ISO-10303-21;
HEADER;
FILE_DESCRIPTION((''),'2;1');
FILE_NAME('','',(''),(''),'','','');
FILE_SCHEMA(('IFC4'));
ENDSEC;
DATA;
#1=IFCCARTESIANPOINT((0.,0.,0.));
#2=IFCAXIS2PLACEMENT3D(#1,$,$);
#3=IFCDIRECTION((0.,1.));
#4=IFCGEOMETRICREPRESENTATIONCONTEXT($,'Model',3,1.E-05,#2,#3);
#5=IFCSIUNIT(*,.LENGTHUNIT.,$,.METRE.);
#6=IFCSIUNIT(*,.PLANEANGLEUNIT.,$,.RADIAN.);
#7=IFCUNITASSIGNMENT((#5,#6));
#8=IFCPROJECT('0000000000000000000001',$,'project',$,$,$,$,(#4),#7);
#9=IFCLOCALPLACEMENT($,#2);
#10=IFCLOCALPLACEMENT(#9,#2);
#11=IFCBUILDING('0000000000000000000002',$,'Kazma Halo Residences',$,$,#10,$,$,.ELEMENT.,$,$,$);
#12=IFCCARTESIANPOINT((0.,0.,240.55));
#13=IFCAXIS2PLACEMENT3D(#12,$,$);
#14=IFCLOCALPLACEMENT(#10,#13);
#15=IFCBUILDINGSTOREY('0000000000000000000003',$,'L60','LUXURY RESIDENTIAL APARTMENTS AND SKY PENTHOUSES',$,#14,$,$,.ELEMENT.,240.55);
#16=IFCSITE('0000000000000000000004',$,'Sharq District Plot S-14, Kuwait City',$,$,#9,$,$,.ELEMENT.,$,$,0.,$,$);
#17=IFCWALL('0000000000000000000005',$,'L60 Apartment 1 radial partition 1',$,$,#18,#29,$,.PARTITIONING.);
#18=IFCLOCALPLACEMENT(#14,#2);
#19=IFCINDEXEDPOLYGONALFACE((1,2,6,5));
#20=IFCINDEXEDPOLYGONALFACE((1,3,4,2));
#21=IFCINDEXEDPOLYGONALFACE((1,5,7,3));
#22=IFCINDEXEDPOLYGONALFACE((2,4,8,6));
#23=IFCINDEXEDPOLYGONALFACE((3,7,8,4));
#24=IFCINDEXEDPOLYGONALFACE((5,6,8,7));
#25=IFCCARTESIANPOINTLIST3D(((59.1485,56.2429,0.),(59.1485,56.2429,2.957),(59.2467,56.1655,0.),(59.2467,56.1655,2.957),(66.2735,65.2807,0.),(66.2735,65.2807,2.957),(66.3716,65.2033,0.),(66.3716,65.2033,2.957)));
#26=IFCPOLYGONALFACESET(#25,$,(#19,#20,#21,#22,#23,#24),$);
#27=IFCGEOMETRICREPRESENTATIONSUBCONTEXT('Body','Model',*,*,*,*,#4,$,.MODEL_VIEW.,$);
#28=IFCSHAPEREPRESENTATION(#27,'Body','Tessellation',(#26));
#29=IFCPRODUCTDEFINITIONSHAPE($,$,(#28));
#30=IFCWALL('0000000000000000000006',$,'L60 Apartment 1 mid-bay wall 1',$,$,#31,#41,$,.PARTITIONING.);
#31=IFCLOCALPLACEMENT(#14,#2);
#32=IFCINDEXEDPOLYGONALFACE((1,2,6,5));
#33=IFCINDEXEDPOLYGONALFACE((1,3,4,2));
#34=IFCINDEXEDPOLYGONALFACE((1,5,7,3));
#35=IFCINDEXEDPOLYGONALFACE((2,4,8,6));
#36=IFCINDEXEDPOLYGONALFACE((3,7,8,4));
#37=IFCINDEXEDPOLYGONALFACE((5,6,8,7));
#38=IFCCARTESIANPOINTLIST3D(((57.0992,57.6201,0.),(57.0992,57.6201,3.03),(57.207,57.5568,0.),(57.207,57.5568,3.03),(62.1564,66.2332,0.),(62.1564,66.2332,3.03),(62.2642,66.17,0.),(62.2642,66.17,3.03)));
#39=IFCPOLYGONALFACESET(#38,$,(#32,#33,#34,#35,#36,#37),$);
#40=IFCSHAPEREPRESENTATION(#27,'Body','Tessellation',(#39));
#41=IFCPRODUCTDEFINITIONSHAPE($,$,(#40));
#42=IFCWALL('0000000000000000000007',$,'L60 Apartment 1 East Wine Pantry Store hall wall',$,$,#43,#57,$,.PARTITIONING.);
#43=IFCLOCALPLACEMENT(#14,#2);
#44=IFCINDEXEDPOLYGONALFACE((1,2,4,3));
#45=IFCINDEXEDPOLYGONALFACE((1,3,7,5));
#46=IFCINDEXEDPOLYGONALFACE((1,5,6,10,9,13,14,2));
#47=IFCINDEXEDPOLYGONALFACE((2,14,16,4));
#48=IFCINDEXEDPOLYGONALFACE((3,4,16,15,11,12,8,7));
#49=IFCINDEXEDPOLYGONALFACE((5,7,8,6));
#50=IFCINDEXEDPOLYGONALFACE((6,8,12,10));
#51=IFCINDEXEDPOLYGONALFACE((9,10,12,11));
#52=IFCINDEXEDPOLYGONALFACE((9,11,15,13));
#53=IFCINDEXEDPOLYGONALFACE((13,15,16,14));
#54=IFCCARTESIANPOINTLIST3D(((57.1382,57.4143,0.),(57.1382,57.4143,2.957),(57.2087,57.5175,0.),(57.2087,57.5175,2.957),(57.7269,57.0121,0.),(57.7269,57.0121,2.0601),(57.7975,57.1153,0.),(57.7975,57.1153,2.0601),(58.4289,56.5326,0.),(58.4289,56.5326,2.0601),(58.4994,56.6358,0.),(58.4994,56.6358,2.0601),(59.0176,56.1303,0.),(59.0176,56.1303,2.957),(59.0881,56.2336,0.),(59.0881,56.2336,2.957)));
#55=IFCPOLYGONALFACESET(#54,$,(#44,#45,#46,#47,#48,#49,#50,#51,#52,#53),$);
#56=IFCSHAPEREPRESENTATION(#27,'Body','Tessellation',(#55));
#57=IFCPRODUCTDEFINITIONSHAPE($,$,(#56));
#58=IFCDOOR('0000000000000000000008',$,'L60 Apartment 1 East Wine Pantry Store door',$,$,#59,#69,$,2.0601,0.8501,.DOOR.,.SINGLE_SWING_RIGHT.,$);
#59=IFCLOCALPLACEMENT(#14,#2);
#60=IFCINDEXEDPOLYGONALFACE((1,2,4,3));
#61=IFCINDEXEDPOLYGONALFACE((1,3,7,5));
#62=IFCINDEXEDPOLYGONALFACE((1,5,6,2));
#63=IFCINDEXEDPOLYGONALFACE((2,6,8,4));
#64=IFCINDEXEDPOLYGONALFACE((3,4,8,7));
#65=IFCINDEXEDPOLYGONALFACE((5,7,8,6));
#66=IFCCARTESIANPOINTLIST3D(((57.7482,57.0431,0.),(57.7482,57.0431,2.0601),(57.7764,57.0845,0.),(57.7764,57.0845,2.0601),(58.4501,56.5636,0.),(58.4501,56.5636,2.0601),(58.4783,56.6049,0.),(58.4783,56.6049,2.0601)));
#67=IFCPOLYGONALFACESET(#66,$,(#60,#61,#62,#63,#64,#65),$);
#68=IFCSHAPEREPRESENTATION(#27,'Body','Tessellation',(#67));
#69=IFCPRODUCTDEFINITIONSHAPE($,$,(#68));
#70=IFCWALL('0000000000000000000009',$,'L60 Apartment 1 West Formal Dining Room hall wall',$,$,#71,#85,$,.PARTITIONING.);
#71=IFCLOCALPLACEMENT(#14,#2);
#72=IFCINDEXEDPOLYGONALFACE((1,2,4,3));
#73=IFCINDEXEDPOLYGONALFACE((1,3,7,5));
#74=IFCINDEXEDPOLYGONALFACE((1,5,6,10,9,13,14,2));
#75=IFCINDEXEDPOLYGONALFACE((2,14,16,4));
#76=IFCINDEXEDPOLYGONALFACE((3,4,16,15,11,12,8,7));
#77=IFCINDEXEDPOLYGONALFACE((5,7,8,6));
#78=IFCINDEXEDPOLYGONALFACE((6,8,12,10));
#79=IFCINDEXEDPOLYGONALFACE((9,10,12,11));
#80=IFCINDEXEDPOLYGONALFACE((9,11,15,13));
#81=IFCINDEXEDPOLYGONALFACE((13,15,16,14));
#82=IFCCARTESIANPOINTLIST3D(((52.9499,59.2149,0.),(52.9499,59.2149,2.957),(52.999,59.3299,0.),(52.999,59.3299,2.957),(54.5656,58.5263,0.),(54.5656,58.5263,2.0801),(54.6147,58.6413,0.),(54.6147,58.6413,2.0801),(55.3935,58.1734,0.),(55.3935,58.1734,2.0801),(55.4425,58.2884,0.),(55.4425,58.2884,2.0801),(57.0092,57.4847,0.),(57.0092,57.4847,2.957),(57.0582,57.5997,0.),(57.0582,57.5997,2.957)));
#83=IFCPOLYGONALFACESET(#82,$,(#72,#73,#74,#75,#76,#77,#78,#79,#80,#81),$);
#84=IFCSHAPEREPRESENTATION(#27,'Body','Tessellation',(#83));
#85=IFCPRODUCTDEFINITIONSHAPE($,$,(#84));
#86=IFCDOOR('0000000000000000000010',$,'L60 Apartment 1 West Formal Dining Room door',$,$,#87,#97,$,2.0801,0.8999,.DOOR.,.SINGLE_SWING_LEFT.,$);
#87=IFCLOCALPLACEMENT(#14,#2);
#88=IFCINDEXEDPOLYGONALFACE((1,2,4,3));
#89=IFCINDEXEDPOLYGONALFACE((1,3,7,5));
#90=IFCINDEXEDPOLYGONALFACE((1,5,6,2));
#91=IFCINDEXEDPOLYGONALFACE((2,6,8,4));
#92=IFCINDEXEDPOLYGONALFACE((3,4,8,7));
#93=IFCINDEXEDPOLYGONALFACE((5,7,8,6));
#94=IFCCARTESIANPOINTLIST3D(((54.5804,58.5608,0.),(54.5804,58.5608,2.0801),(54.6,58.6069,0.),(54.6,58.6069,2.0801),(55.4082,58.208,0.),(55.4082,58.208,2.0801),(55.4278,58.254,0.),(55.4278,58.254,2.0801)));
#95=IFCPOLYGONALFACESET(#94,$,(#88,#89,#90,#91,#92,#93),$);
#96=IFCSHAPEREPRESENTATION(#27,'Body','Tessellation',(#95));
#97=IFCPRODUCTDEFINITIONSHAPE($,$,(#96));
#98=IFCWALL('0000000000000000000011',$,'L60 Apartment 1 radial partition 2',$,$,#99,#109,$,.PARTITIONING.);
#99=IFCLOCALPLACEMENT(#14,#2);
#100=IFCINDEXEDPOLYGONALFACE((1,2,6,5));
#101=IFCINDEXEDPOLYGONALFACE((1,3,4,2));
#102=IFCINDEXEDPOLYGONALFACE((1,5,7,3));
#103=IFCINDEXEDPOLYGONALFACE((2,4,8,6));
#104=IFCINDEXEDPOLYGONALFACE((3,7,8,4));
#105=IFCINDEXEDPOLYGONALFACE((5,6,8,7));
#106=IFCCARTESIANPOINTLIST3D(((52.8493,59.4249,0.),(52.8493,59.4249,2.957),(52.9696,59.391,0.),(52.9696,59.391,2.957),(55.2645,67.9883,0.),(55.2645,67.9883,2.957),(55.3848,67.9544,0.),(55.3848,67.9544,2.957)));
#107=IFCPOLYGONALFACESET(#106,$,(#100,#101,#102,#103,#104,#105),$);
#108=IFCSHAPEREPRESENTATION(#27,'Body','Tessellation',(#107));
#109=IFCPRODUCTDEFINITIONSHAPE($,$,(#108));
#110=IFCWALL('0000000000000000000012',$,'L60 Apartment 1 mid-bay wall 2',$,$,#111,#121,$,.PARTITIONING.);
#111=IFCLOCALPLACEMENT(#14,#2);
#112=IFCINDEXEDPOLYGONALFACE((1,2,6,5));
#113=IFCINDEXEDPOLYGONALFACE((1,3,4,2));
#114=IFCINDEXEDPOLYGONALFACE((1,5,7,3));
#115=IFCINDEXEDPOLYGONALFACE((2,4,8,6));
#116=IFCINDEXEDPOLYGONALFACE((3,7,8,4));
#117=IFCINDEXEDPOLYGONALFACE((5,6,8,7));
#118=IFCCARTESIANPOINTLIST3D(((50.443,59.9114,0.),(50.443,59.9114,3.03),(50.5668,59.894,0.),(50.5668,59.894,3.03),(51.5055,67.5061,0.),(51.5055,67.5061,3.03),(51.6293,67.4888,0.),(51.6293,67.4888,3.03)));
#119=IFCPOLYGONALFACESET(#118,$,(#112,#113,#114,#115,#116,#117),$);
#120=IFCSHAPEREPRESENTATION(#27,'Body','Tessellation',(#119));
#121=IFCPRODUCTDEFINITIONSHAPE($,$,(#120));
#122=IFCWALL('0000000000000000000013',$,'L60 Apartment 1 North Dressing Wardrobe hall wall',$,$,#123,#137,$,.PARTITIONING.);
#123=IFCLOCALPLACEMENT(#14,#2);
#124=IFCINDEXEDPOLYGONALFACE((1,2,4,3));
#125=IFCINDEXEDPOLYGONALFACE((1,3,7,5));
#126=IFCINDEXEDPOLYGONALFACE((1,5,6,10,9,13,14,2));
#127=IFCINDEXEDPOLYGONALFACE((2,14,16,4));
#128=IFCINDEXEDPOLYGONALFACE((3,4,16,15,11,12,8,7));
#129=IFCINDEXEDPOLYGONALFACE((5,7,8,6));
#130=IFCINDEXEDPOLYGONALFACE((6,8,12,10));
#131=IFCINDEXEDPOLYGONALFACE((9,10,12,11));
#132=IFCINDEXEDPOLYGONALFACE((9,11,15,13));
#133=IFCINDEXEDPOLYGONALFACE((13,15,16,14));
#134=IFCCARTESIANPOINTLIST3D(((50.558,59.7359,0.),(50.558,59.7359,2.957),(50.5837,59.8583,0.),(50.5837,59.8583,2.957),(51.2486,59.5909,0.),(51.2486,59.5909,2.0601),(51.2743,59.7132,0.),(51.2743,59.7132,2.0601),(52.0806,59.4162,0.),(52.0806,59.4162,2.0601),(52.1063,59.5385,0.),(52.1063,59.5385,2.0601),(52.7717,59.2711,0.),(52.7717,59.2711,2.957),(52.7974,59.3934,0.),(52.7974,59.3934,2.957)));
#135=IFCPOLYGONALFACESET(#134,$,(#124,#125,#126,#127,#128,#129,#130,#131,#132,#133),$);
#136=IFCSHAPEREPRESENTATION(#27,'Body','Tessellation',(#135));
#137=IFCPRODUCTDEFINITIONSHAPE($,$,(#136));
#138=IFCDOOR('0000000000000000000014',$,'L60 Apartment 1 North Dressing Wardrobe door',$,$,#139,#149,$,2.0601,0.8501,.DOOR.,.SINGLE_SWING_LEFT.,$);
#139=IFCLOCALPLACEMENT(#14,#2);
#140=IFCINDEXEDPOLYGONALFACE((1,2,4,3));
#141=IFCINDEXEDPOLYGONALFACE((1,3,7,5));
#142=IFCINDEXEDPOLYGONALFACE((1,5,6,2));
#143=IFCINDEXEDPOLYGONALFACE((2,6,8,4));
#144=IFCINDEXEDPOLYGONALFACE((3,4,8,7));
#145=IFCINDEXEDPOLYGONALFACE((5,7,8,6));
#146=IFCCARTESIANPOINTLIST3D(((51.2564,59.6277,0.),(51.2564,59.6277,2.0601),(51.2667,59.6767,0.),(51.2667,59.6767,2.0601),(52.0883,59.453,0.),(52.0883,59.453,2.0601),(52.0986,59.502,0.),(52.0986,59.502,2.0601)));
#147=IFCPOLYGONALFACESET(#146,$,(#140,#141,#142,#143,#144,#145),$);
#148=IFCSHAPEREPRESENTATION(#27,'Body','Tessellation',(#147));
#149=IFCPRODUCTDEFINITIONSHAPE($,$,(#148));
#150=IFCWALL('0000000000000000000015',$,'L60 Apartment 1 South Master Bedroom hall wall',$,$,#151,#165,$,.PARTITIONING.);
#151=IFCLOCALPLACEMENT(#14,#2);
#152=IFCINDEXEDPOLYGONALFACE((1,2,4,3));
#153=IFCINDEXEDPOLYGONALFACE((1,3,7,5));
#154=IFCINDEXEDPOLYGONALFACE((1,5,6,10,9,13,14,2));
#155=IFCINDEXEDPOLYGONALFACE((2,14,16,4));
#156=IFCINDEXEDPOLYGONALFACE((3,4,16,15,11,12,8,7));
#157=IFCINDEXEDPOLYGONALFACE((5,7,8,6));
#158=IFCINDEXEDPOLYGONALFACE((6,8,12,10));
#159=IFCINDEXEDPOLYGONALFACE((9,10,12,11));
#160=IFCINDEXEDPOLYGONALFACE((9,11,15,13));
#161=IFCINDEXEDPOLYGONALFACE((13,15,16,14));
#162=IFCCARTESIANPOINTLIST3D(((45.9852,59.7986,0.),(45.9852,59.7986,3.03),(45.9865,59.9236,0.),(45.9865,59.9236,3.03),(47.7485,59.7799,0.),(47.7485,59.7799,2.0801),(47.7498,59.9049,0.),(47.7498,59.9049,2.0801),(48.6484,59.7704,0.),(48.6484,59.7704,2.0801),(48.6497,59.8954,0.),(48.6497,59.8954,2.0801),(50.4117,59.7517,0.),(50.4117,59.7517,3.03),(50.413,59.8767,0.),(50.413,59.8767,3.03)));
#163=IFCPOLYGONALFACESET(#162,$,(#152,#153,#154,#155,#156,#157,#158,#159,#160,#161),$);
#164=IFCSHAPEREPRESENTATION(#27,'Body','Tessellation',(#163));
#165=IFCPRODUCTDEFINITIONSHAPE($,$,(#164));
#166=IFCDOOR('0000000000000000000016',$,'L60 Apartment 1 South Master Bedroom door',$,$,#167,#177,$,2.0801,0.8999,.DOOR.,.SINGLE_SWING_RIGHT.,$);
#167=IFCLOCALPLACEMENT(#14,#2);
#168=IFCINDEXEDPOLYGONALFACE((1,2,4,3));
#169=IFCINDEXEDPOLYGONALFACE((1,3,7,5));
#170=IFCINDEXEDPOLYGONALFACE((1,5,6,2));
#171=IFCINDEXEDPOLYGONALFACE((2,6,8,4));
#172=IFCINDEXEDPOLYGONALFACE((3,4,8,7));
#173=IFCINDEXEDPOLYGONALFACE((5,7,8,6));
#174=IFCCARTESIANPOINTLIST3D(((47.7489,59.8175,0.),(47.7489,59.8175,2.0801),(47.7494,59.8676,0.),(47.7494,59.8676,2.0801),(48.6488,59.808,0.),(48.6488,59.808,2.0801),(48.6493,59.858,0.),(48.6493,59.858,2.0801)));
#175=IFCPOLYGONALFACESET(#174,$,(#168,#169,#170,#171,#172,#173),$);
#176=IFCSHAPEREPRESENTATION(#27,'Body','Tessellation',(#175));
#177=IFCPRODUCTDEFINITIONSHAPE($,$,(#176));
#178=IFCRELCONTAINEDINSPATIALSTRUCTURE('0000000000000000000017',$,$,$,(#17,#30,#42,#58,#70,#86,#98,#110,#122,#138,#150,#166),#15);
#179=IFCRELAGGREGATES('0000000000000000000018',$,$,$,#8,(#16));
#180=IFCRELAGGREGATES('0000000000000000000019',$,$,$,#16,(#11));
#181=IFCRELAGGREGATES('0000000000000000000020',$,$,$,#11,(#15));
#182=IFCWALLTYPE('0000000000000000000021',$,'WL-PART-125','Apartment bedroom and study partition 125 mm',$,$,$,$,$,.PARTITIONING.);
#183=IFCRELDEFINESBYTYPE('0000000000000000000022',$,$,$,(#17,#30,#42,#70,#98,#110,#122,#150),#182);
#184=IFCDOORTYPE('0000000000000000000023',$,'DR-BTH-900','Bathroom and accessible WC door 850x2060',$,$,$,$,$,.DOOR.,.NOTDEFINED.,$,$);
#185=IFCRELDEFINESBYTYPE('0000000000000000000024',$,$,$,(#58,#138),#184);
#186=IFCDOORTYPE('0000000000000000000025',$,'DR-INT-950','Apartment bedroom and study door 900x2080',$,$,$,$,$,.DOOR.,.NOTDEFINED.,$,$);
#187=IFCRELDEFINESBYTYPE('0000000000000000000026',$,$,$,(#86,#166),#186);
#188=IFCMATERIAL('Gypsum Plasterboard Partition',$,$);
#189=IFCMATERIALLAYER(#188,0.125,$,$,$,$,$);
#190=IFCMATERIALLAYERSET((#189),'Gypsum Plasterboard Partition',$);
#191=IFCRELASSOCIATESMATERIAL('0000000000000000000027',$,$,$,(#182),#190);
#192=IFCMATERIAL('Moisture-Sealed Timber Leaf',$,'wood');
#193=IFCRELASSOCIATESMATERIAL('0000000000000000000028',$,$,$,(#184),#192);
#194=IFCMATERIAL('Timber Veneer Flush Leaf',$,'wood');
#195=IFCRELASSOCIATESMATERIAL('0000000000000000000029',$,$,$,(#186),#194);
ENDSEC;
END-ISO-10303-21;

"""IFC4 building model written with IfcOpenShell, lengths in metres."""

from ifc_helpers import new_model, si_unit, direction, frame, frame_2d, origin, place, context, subcontext, project, spatial, rectangle, extrude, material, layer, layer_set, type_object, element, fill, save


model = new_model("IFC4")

# Units and contexts
model_context = context("Model", 3, precision=1e-05, world=origin(), true_north=direction((0.0, 1.0)))
body_context = subcontext(model_context, "Body", "Model", "MODEL_VIEW")
ifc_project = project(units=[si_unit("LENGTHUNIT", "METRE"), si_unit("PLANEANGLEUNIT", "RADIAN")], contexts=[model_context])

# Site, building, storey
site_placement = place(None, origin())
site = spatial("IfcSite", under=ifc_project, at=site_placement, Name="Sharq District Plot S-14, Kuwait City", CompositionType="ELEMENT", RefElevation=0.0)
building_placement = place(site_placement, origin())
building = spatial("IfcBuilding", under=site, at=building_placement, Name="Kazma Halo Residences", CompositionType="ELEMENT")
storey_placement = place(building_placement, frame((0.0, 0.0, 240.55)))
storey = spatial("IfcBuildingStorey", under=building, at=storey_placement, Name="L60", Description="LUXURY RESIDENTIAL APARTMENTS AND SKY PENTHOUSES", CompositionType="ELEMENT", Elevation=240.55)

# Shared definitions
ifc_material_1 = material(Name="Gypsum Plasterboard Partition")
ifc_layer_1 = layer(ifc_material_1, 0.125)
ifc_layer_set_1 = layer_set([ifc_layer_1], Name="Gypsum Plasterboard Partition")
wall_type_1 = type_object("IfcWallType", Name="WL-PART-125", Description="Apartment bedroom and study partition 125 mm", PredefinedType="PARTITIONING", material=ifc_layer_set_1)

# Walls
wall_1_placement = place(storey_placement, frame((59.1975, 56.2041, 0.0), z_axis=(0.0, 0.0, 1.0), x_axis=(0.619101, 0.785311, 0.0)))
element("IfcWall", 1, at=wall_1_placement, inside=storey, type_object=wall_type_1, Name="L60 Apartment 1 radial partition 1", PredefinedType="PARTITIONING", context=body_context, shape_type="SweptSolid", body=[
    extrude(rectangle(XDim=11.5085, YDim=0.125, at=frame_2d((5.7544, 0.0))), origin(), (0.0, 0.0, 1.0), 2.957),
])
wall_2_placement = place(storey_placement, frame((57.1531, 57.5884, 0.0), z_axis=(0.0, 0.0, 1.0), x_axis=(0.506323, 0.862344, 0.0)))
element("IfcWall", 2, at=wall_2_placement, inside=storey, type_object=wall_type_1, Name="L60 Apartment 1 mid-bay wall 1", PredefinedType="PARTITIONING", context=body_context, shape_type="SweptSolid", body=[
    extrude(rectangle(XDim=9.988, YDim=0.125, at=frame_2d((4.9941, 0.0))), origin(), (0.0, 0.0, 1.0), 3.03),
])

# Walls, openings, doors
wall_3_placement = place(storey_placement, frame((59.053, 56.1819, 0.0), z_axis=(0.0, 0.0, 1.0), x_axis=(-0.82571, 0.564095, 0.0)))
wall_3 = element("IfcWall", 3, at=wall_3_placement, inside=storey, type_object=wall_type_1, Name="L60 Apartment 1 East Wine Pantry Store hall wall", PredefinedType="PARTITIONING", context=body_context, shape_type="SweptSolid", body=[
    extrude(rectangle(XDim=2.2761, YDim=0.125, at=frame_2d((1.1382, 0.0))), origin(), (0.0, 0.0, 1.0), 2.957),
])
opening_1_placement = place(wall_3_placement, frame((0.7131, 0.0, 0.0)))
opening_1 = element("IfcOpeningElement", 4, at=opening_1_placement, cuts=wall_3, PredefinedType="OPENING", context=body_context, shape_type="SweptSolid", body=[
    extrude(rectangle(XDim=0.8501, YDim=2.0601, at=frame_2d((0.425, 1.03))), frame((0.0, 0.0725, 0.0), z_axis=(0.0, -1.0, 0.0), x_axis=(1.0, 0.0, 0.0)), (0.0, 0.0, 1.0), 0.145),
])
ifc_material_2 = material(Name="Moisture-Sealed Timber Leaf", Category="wood")
door_type_1 = type_object("IfcDoorType", Name="DR-BTH-900", Description="Bathroom and accessible WC door 850x2060", OperationType="NOTDEFINED", PredefinedType="DOOR", material=ifc_material_2)
door_1_placement = place(opening_1_placement, origin())
door_1 = element("IfcDoor", 5, at=door_1_placement, inside=storey, type_object=door_type_1, Name="L60 Apartment 1 East Wine Pantry Store door", OperationType="SINGLE_SWING_RIGHT", OverallHeight=2.0601, OverallWidth=0.8501, PredefinedType="DOOR", context=body_context, shape_type="SweptSolid", body=[
    extrude(rectangle(XDim=0.8501, YDim=2.0601, at=frame_2d((0.425, 1.03))), frame((0.0, 0.0249, 0.0), z_axis=(0.0, -1.0, 0.0), x_axis=(1.0, 0.0, 0.0)), (0.0, 0.0, 1.0), 0.05),
])
fill(opening_1, door_1)
wall_4_placement = place(storey_placement, frame((57.0337, 57.5422, 0.0), z_axis=(0.0, 0.0, 1.0), x_axis=(-0.919922, 0.392102, 0.0)))
wall_4 = element("IfcWall", 6, at=wall_4_placement, inside=storey, type_object=wall_type_1, Name="L60 Apartment 1 West Formal Dining Room hall wall", PredefinedType="PARTITIONING", context=body_context, shape_type="SweptSolid", body=[
    extrude(rectangle(XDim=4.4126, YDim=0.125, at=frame_2d((2.2063, 0.0))), origin(), (0.0, 0.0, 1.0), 2.957),
])
opening_2_placement = place(wall_4_placement, frame((1.7563, 0.0, 0.0)))
opening_2 = element("IfcOpeningElement", 7, at=opening_2_placement, cuts=wall_4, PredefinedType="OPENING", context=body_context, shape_type="SweptSolid", body=[
    extrude(rectangle(XDim=0.8999, YDim=2.0801, at=frame_2d((0.45, 1.04))), frame((0.0, 0.0725, 0.0), z_axis=(0.0, -1.0, 0.0), x_axis=(1.0, 0.0, 0.0)), (0.0, 0.0, 1.0), 0.145),
])
ifc_material_3 = material(Name="Timber Veneer Flush Leaf", Category="wood")
door_type_2 = type_object("IfcDoorType", Name="DR-INT-950", Description="Apartment bedroom and study door 900x2080", OperationType="NOTDEFINED", PredefinedType="DOOR", material=ifc_material_3)
door_2_placement = place(opening_2_placement, origin())
door_2 = element("IfcDoor", 8, at=door_2_placement, inside=storey, type_object=door_type_2, Name="L60 Apartment 1 West Formal Dining Room door", OperationType="SINGLE_SWING_LEFT", OverallHeight=2.0801, OverallWidth=0.8999, PredefinedType="DOOR", context=body_context, shape_type="SweptSolid", body=[
    extrude(rectangle(XDim=0.8999, YDim=2.0801, at=frame_2d((0.45, 1.04))), frame((0.0, 0.0249, 0.0), z_axis=(0.0, -1.0, 0.0), x_axis=(1.0, 0.0, 0.0)), (0.0, 0.0, 1.0), 0.05),
])
fill(opening_2, door_2)

# Walls
wall_5_placement = place(storey_placement, frame((52.9094, 59.408, 0.0), z_axis=(0.0, 0.0, 1.0), x_axis=(0.271454, 0.962451, 0.0)))
element("IfcWall", 9, at=wall_5_placement, inside=storey, type_object=wall_type_1, Name="L60 Apartment 1 radial partition 2", PredefinedType="PARTITIONING", context=body_context, shape_type="SweptSolid", body=[
    extrude(rectangle(XDim=8.8975, YDim=0.125, at=frame_2d((4.4487, 0.0))), origin(), (0.0, 0.0, 1.0), 2.957),
])
wall_6_placement = place(storey_placement, frame((50.5049, 59.9026, 0.0), z_axis=(0.0, 0.0, 1.0), x_axis=(0.13855, 0.990355, 0.0)))
element("IfcWall", 10, at=wall_6_placement, inside=storey, type_object=wall_type_1, Name="L60 Apartment 1 mid-bay wall 2", PredefinedType="PARTITIONING", context=body_context, shape_type="SweptSolid", body=[
    extrude(rectangle(XDim=7.6687, YDim=0.125, at=frame_2d((3.8345, 0.0))), origin(), (0.0, 0.0, 1.0), 3.03),
])

# Walls, openings, doors
wall_7_placement = place(storey_placement, frame((52.7844, 59.3323, 0.0), z_axis=(0.0, 0.0, 1.0), x_axis=(-0.978655, 0.20551, 0.0)))
wall_7 = element("IfcWall", 11, at=wall_7_placement, inside=storey, type_object=wall_type_1, Name="L60 Apartment 1 North Dressing Wardrobe hall wall", PredefinedType="PARTITIONING", context=body_context, shape_type="SweptSolid", body=[
    extrude(rectangle(XDim=2.262, YDim=0.125, at=frame_2d((1.1309, 0.0))), origin(), (0.0, 0.0, 1.0), 2.957),
])
opening_3_placement = place(wall_7_placement, frame((0.7061, 0.0, 0.0)))
opening_3 = element("IfcOpeningElement", 12, at=opening_3_placement, cuts=wall_7, PredefinedType="OPENING", context=body_context, shape_type="SweptSolid", body=[
    extrude(rectangle(XDim=0.8501, YDim=2.0601, at=frame_2d((0.425, 1.03))), frame((0.0, 0.0725, 0.0), z_axis=(0.0, -1.0, 0.0), x_axis=(1.0, 0.0, 0.0)), (0.0, 0.0, 1.0), 0.145),
])
door_3_placement = place(opening_3_placement, origin())
door_3 = element("IfcDoor", 13, at=door_3_placement, inside=storey, type_object=door_type_1, Name="L60 Apartment 1 North Dressing Wardrobe door", OperationType="SINGLE_SWING_LEFT", OverallHeight=2.0601, OverallWidth=0.8501, PredefinedType="DOOR", context=body_context, shape_type="SweptSolid", body=[
    extrude(rectangle(XDim=0.8501, YDim=2.0601, at=frame_2d((0.425, 1.03))), frame((0.0, 0.0249, 0.0), z_axis=(0.0, -1.0, 0.0), x_axis=(1.0, 0.0, 0.0)), (0.0, 0.0, 1.0), 0.05),
])
fill(opening_3, door_3)
wall_8_placement = place(storey_placement, frame((50.4124, 59.8142, 0.0), z_axis=(0.0, 0.0, 1.0), x_axis=(-0.999944, 0.010589, 0.0)))
wall_8 = element("IfcWall", 14, at=wall_8_placement, inside=storey, type_object=wall_type_1, Name="L60 Apartment 1 South Master Bedroom hall wall", PredefinedType="PARTITIONING", context=body_context, shape_type="SweptSolid", body=[
    extrude(rectangle(XDim=4.4268, YDim=0.125, at=frame_2d((2.2134, 0.0))), origin(), (0.0, 0.0, 1.0), 3.03),
])
opening_4_placement = place(wall_8_placement, frame((1.7634, 0.0, 0.0)))
opening_4 = element("IfcOpeningElement", 15, at=opening_4_placement, cuts=wall_8, PredefinedType="OPENING", context=body_context, shape_type="SweptSolid", body=[
    extrude(rectangle(XDim=0.8999, YDim=2.0801, at=frame_2d((0.45, 1.04))), frame((0.0, 0.0725, 0.0), z_axis=(0.0, -1.0, 0.0), x_axis=(1.0, 0.0, 0.0)), (0.0, 0.0, 1.0), 0.145),
])
door_4_placement = place(opening_4_placement, origin())
door_4 = element("IfcDoor", 16, at=door_4_placement, inside=storey, type_object=door_type_2, Name="L60 Apartment 1 South Master Bedroom door", OperationType="SINGLE_SWING_RIGHT", OverallHeight=2.0801, OverallWidth=0.8999, PredefinedType="DOOR", context=body_context, shape_type="SweptSolid", body=[
    extrude(rectangle(XDim=0.8999, YDim=2.0801, at=frame_2d((0.45, 1.04))), frame((0.0, 0.0249, 0.0), z_axis=(0.0, -1.0, 0.0), x_axis=(1.0, 0.0, 0.0)), (0.0, 0.0, 1.0), 0.05),
])
fill(opening_4, door_4)

save(model, "model.ifc")
